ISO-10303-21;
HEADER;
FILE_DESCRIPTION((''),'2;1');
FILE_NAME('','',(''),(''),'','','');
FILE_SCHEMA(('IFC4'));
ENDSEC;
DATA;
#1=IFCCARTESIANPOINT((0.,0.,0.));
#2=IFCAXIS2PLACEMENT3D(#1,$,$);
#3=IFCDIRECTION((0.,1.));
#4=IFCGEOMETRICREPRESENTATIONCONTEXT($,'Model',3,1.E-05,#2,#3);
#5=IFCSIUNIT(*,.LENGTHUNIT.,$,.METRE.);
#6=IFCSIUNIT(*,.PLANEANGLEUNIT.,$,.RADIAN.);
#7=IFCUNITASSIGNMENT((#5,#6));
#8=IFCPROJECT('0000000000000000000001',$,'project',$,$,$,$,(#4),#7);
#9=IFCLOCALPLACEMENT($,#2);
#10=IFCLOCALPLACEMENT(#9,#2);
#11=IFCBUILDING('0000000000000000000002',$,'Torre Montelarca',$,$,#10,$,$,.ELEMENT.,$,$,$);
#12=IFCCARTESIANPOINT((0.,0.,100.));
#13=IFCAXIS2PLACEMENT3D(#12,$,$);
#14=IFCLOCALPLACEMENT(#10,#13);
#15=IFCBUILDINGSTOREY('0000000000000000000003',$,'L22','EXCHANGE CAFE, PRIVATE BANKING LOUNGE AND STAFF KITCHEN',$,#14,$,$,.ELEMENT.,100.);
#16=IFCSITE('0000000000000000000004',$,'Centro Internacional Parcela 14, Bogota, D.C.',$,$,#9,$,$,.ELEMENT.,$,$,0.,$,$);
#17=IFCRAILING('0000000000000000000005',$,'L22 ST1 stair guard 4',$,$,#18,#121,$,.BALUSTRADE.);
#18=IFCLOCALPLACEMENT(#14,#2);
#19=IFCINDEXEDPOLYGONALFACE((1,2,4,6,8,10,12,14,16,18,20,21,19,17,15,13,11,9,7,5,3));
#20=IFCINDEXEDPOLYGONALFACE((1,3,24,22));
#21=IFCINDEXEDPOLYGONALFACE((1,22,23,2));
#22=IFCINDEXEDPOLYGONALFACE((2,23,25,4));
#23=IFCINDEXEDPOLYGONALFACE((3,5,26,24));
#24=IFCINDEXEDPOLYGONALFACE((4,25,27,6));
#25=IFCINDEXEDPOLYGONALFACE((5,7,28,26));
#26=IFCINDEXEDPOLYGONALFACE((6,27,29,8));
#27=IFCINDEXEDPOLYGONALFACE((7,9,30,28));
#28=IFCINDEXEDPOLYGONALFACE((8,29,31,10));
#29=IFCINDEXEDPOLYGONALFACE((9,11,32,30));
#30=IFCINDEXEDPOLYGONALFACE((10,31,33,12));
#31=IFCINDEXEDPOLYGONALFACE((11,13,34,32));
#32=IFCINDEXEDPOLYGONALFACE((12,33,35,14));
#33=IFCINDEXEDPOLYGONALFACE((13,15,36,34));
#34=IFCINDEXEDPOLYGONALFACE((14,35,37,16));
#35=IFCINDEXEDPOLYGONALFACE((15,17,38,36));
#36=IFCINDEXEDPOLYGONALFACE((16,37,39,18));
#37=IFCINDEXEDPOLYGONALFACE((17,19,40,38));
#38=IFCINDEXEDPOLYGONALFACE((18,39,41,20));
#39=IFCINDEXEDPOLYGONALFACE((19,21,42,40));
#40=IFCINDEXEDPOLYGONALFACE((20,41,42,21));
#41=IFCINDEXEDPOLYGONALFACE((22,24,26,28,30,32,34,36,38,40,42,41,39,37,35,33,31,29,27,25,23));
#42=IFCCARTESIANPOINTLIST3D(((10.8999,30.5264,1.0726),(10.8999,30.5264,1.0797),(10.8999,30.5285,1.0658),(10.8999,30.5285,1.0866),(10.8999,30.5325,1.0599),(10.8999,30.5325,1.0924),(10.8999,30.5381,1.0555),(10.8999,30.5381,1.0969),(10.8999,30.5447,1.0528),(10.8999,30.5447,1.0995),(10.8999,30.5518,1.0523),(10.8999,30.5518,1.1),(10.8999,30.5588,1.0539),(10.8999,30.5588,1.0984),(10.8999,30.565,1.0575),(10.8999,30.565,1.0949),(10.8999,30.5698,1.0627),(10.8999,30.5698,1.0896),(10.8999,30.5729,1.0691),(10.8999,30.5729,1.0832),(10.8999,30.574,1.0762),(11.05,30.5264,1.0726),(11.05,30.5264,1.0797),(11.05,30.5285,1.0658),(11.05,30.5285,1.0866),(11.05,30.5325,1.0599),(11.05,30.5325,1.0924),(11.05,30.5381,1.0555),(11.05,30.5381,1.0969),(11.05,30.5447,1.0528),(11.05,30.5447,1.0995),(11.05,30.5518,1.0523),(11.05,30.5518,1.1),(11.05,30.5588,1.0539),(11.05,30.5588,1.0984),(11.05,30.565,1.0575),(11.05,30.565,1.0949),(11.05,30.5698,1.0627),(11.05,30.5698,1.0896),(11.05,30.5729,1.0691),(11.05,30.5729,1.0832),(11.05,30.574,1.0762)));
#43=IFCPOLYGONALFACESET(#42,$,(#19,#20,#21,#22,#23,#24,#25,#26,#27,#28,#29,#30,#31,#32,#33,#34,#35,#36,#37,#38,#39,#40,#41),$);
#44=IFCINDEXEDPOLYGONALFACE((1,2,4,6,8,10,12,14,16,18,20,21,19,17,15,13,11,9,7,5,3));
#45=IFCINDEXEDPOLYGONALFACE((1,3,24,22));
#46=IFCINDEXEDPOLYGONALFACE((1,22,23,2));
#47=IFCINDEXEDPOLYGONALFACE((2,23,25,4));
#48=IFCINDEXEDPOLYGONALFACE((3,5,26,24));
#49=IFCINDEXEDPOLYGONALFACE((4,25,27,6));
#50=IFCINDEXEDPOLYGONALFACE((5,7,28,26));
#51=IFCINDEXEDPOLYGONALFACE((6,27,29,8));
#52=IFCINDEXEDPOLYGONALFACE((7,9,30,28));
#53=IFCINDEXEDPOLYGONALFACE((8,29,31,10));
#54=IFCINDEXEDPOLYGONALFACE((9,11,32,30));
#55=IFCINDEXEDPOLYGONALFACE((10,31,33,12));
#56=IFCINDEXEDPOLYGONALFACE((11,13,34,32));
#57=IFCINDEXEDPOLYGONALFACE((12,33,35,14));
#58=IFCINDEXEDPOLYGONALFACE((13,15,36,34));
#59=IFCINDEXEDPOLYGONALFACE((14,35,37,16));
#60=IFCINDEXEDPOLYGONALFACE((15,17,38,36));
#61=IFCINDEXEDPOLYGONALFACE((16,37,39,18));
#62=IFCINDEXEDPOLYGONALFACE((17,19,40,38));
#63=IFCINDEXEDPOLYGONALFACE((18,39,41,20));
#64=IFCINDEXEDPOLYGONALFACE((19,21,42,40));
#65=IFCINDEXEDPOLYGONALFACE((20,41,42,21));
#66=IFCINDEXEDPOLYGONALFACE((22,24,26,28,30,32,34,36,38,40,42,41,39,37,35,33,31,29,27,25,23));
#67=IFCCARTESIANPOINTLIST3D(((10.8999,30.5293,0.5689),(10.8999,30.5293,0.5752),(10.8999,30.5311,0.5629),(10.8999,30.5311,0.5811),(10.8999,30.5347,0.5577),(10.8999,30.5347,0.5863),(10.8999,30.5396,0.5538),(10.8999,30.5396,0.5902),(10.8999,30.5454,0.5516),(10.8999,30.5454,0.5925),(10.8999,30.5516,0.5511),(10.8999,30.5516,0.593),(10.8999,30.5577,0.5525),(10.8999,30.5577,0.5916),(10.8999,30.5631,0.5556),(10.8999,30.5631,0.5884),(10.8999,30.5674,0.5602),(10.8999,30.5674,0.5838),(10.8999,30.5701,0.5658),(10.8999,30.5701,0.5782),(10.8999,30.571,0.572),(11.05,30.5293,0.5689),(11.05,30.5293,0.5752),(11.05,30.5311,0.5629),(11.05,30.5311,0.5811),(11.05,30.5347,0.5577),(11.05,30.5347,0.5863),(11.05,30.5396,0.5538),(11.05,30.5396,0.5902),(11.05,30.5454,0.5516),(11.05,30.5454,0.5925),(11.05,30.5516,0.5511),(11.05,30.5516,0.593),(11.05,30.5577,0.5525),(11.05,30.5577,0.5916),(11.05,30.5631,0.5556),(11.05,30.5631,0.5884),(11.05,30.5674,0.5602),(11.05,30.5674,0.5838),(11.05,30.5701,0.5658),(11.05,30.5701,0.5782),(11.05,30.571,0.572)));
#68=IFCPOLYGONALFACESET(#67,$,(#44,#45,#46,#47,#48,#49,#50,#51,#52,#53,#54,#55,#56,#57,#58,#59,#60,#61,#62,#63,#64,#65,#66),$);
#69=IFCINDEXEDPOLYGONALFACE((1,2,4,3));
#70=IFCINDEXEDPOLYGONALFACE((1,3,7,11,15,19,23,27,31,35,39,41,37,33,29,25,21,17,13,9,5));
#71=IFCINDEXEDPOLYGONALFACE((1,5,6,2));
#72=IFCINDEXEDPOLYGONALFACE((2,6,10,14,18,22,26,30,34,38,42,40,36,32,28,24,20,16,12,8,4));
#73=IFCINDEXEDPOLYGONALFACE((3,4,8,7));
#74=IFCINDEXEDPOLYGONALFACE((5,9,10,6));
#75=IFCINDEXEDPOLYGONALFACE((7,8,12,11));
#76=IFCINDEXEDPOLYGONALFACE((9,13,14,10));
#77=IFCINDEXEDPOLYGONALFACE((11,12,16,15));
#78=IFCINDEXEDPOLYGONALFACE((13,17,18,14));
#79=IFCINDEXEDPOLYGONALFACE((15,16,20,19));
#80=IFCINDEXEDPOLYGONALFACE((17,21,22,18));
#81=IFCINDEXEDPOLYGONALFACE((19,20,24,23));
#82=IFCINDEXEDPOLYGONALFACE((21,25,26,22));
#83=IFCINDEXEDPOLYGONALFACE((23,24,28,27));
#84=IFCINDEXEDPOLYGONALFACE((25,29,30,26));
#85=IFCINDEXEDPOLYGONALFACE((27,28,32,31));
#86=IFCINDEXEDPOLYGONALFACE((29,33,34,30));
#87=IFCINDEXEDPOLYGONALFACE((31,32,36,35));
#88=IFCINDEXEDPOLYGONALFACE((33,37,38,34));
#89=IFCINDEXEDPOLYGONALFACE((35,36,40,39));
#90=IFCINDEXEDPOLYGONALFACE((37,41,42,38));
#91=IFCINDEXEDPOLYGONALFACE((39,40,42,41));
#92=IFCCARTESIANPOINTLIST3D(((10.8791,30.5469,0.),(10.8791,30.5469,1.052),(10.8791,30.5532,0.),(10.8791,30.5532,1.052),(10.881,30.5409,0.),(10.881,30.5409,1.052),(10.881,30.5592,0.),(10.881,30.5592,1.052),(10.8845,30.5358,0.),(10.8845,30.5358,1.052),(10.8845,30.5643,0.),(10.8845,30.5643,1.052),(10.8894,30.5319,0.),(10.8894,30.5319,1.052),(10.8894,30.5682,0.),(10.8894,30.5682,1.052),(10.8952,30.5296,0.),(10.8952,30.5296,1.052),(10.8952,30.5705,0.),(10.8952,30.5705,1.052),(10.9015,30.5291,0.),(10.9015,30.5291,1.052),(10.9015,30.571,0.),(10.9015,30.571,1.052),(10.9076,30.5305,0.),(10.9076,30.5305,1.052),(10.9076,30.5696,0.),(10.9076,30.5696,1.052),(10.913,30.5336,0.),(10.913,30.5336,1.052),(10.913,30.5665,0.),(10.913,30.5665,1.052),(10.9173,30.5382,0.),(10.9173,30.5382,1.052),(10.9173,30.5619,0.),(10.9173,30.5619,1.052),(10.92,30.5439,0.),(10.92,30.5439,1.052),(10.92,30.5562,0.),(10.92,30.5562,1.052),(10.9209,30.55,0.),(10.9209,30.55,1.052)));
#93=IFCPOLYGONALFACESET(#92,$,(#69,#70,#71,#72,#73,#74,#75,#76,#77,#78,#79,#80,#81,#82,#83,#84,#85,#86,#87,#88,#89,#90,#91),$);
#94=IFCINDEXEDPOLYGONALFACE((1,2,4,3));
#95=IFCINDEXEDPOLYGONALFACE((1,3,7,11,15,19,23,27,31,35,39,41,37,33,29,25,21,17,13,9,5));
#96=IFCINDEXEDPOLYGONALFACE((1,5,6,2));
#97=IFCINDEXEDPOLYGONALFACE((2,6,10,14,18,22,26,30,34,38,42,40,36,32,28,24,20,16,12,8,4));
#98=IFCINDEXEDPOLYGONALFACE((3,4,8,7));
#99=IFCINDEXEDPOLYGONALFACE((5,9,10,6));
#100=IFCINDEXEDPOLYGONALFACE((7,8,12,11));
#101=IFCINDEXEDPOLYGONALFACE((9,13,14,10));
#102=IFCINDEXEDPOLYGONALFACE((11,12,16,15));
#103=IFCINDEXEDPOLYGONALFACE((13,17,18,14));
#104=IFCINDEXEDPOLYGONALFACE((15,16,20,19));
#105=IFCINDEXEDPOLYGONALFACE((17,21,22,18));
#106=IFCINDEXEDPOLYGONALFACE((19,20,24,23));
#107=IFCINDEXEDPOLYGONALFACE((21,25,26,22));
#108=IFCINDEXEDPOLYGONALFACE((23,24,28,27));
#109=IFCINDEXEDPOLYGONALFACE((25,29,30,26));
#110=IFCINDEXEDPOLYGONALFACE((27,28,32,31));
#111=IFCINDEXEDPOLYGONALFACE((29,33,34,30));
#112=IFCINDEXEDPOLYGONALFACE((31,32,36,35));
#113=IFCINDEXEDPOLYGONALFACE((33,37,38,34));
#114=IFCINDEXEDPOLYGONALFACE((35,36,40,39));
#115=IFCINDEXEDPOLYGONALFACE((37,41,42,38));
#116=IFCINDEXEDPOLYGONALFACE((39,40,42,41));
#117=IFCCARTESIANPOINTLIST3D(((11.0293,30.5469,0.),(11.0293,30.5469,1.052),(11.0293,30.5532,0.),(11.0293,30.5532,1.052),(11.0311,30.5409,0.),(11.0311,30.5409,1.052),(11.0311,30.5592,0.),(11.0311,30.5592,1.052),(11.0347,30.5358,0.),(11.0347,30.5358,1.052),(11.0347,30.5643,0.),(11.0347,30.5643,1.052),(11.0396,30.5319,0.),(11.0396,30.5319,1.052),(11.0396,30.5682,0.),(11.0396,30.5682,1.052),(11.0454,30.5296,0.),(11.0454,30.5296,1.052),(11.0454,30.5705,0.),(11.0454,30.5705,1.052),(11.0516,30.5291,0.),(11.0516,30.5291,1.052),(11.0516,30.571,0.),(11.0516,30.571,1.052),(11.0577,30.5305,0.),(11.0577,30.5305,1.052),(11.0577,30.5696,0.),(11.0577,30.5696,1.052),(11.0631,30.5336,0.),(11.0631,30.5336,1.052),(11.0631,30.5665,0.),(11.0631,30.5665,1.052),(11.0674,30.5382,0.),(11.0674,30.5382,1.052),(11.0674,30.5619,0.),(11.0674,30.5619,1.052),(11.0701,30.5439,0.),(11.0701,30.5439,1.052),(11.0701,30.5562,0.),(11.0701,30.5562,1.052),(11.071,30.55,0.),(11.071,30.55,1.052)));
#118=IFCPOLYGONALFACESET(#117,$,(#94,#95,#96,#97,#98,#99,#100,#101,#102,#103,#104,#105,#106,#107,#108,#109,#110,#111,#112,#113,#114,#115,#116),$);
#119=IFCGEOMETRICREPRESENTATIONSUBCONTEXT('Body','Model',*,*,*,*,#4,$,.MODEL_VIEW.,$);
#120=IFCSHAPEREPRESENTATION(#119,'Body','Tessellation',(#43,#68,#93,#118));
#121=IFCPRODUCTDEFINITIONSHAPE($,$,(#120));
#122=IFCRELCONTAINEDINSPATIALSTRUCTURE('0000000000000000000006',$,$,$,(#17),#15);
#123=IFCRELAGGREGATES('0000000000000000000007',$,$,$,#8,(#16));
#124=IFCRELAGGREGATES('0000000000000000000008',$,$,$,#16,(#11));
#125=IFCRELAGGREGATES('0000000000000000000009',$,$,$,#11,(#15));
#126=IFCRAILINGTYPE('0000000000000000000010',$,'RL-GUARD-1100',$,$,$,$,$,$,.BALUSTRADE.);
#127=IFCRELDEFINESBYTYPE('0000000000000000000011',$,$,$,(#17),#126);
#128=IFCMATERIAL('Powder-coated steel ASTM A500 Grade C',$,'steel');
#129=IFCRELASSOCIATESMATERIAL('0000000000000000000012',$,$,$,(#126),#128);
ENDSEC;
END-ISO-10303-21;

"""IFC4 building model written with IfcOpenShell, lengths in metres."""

from ifc_helpers import new_model, si_unit, direction, frame, origin, origin_2d, place, context, subcontext, project, spatial, circle, extrude, material, type_object, element, save


model = new_model("IFC4")

# Units and contexts
model_context = context("Model", 3, precision=1e-05, world=origin(), true_north=direction((0.0, 1.0)))
body_context = subcontext(model_context, "Body", "Model", "MODEL_VIEW")
ifc_project = project(units=[si_unit("LENGTHUNIT", "METRE"), si_unit("PLANEANGLEUNIT", "RADIAN")], contexts=[model_context])

# Site, building, storey
site_placement = place(None, origin())
site = spatial("IfcSite", under=ifc_project, at=site_placement, Name="Centro Internacional Parcela 14, Bogota, D.C.", CompositionType="ELEMENT", RefElevation=0.0)
building_placement = place(site_placement, origin())
building = spatial("IfcBuilding", under=site, at=building_placement, Name="Torre Montelarca", CompositionType="ELEMENT")
storey_placement = place(building_placement, frame((0.0, 0.0, 100.0)))
storey = spatial("IfcBuildingStorey", under=building, at=storey_placement, Name="L22", Description="EXCHANGE CAFE, PRIVATE BANKING LOUNGE AND STAFF KITCHEN", CompositionType="ELEMENT", Elevation=100.0)

# Railing
ifc_material_1 = material(Name="Powder-coated steel ASTM A500 Grade C", Category="steel")
railing_type_1 = type_object("IfcRailingType", Name="RL-GUARD-1100", PredefinedType="BALUSTRADE", material=ifc_material_1)
railing_1_placement = place(storey_placement, frame((10.8999, 30.55, 0.0)))
element("IfcRailing", 1, at=railing_1_placement, inside=storey, type_object=railing_type_1, Name="L22 ST1 stair guard 4", PredefinedType="BALUSTRADE", context=body_context, shape_type="SweptSolid", body=[
    extrude(circle(Radius=0.0239, at=origin_2d()), frame((0.0, 0.0, 1.0762), z_axis=(1.0, 0.0, 0.0), x_axis=(0.0, 1.0, 0.0)), (0.0, 0.0, 1.0), 0.1501),
    extrude(circle(Radius=0.021, at=origin_2d()), frame((0.0, 0.0, 0.572), z_axis=(1.0, 0.0, 0.0), x_axis=(0.0, 1.0, 0.0)), (0.0, 0.0, 1.0), 0.1501),
    extrude(circle(Radius=0.021, at=origin_2d()), origin(), (0.0, 0.0, 1.0), 1.052),
    extrude(circle(Radius=0.021, at=origin_2d()), frame((0.1501, 0.0, 0.0)), (0.0, 0.0, 1.0), 1.052),
])

save(model, "model.ifc")
